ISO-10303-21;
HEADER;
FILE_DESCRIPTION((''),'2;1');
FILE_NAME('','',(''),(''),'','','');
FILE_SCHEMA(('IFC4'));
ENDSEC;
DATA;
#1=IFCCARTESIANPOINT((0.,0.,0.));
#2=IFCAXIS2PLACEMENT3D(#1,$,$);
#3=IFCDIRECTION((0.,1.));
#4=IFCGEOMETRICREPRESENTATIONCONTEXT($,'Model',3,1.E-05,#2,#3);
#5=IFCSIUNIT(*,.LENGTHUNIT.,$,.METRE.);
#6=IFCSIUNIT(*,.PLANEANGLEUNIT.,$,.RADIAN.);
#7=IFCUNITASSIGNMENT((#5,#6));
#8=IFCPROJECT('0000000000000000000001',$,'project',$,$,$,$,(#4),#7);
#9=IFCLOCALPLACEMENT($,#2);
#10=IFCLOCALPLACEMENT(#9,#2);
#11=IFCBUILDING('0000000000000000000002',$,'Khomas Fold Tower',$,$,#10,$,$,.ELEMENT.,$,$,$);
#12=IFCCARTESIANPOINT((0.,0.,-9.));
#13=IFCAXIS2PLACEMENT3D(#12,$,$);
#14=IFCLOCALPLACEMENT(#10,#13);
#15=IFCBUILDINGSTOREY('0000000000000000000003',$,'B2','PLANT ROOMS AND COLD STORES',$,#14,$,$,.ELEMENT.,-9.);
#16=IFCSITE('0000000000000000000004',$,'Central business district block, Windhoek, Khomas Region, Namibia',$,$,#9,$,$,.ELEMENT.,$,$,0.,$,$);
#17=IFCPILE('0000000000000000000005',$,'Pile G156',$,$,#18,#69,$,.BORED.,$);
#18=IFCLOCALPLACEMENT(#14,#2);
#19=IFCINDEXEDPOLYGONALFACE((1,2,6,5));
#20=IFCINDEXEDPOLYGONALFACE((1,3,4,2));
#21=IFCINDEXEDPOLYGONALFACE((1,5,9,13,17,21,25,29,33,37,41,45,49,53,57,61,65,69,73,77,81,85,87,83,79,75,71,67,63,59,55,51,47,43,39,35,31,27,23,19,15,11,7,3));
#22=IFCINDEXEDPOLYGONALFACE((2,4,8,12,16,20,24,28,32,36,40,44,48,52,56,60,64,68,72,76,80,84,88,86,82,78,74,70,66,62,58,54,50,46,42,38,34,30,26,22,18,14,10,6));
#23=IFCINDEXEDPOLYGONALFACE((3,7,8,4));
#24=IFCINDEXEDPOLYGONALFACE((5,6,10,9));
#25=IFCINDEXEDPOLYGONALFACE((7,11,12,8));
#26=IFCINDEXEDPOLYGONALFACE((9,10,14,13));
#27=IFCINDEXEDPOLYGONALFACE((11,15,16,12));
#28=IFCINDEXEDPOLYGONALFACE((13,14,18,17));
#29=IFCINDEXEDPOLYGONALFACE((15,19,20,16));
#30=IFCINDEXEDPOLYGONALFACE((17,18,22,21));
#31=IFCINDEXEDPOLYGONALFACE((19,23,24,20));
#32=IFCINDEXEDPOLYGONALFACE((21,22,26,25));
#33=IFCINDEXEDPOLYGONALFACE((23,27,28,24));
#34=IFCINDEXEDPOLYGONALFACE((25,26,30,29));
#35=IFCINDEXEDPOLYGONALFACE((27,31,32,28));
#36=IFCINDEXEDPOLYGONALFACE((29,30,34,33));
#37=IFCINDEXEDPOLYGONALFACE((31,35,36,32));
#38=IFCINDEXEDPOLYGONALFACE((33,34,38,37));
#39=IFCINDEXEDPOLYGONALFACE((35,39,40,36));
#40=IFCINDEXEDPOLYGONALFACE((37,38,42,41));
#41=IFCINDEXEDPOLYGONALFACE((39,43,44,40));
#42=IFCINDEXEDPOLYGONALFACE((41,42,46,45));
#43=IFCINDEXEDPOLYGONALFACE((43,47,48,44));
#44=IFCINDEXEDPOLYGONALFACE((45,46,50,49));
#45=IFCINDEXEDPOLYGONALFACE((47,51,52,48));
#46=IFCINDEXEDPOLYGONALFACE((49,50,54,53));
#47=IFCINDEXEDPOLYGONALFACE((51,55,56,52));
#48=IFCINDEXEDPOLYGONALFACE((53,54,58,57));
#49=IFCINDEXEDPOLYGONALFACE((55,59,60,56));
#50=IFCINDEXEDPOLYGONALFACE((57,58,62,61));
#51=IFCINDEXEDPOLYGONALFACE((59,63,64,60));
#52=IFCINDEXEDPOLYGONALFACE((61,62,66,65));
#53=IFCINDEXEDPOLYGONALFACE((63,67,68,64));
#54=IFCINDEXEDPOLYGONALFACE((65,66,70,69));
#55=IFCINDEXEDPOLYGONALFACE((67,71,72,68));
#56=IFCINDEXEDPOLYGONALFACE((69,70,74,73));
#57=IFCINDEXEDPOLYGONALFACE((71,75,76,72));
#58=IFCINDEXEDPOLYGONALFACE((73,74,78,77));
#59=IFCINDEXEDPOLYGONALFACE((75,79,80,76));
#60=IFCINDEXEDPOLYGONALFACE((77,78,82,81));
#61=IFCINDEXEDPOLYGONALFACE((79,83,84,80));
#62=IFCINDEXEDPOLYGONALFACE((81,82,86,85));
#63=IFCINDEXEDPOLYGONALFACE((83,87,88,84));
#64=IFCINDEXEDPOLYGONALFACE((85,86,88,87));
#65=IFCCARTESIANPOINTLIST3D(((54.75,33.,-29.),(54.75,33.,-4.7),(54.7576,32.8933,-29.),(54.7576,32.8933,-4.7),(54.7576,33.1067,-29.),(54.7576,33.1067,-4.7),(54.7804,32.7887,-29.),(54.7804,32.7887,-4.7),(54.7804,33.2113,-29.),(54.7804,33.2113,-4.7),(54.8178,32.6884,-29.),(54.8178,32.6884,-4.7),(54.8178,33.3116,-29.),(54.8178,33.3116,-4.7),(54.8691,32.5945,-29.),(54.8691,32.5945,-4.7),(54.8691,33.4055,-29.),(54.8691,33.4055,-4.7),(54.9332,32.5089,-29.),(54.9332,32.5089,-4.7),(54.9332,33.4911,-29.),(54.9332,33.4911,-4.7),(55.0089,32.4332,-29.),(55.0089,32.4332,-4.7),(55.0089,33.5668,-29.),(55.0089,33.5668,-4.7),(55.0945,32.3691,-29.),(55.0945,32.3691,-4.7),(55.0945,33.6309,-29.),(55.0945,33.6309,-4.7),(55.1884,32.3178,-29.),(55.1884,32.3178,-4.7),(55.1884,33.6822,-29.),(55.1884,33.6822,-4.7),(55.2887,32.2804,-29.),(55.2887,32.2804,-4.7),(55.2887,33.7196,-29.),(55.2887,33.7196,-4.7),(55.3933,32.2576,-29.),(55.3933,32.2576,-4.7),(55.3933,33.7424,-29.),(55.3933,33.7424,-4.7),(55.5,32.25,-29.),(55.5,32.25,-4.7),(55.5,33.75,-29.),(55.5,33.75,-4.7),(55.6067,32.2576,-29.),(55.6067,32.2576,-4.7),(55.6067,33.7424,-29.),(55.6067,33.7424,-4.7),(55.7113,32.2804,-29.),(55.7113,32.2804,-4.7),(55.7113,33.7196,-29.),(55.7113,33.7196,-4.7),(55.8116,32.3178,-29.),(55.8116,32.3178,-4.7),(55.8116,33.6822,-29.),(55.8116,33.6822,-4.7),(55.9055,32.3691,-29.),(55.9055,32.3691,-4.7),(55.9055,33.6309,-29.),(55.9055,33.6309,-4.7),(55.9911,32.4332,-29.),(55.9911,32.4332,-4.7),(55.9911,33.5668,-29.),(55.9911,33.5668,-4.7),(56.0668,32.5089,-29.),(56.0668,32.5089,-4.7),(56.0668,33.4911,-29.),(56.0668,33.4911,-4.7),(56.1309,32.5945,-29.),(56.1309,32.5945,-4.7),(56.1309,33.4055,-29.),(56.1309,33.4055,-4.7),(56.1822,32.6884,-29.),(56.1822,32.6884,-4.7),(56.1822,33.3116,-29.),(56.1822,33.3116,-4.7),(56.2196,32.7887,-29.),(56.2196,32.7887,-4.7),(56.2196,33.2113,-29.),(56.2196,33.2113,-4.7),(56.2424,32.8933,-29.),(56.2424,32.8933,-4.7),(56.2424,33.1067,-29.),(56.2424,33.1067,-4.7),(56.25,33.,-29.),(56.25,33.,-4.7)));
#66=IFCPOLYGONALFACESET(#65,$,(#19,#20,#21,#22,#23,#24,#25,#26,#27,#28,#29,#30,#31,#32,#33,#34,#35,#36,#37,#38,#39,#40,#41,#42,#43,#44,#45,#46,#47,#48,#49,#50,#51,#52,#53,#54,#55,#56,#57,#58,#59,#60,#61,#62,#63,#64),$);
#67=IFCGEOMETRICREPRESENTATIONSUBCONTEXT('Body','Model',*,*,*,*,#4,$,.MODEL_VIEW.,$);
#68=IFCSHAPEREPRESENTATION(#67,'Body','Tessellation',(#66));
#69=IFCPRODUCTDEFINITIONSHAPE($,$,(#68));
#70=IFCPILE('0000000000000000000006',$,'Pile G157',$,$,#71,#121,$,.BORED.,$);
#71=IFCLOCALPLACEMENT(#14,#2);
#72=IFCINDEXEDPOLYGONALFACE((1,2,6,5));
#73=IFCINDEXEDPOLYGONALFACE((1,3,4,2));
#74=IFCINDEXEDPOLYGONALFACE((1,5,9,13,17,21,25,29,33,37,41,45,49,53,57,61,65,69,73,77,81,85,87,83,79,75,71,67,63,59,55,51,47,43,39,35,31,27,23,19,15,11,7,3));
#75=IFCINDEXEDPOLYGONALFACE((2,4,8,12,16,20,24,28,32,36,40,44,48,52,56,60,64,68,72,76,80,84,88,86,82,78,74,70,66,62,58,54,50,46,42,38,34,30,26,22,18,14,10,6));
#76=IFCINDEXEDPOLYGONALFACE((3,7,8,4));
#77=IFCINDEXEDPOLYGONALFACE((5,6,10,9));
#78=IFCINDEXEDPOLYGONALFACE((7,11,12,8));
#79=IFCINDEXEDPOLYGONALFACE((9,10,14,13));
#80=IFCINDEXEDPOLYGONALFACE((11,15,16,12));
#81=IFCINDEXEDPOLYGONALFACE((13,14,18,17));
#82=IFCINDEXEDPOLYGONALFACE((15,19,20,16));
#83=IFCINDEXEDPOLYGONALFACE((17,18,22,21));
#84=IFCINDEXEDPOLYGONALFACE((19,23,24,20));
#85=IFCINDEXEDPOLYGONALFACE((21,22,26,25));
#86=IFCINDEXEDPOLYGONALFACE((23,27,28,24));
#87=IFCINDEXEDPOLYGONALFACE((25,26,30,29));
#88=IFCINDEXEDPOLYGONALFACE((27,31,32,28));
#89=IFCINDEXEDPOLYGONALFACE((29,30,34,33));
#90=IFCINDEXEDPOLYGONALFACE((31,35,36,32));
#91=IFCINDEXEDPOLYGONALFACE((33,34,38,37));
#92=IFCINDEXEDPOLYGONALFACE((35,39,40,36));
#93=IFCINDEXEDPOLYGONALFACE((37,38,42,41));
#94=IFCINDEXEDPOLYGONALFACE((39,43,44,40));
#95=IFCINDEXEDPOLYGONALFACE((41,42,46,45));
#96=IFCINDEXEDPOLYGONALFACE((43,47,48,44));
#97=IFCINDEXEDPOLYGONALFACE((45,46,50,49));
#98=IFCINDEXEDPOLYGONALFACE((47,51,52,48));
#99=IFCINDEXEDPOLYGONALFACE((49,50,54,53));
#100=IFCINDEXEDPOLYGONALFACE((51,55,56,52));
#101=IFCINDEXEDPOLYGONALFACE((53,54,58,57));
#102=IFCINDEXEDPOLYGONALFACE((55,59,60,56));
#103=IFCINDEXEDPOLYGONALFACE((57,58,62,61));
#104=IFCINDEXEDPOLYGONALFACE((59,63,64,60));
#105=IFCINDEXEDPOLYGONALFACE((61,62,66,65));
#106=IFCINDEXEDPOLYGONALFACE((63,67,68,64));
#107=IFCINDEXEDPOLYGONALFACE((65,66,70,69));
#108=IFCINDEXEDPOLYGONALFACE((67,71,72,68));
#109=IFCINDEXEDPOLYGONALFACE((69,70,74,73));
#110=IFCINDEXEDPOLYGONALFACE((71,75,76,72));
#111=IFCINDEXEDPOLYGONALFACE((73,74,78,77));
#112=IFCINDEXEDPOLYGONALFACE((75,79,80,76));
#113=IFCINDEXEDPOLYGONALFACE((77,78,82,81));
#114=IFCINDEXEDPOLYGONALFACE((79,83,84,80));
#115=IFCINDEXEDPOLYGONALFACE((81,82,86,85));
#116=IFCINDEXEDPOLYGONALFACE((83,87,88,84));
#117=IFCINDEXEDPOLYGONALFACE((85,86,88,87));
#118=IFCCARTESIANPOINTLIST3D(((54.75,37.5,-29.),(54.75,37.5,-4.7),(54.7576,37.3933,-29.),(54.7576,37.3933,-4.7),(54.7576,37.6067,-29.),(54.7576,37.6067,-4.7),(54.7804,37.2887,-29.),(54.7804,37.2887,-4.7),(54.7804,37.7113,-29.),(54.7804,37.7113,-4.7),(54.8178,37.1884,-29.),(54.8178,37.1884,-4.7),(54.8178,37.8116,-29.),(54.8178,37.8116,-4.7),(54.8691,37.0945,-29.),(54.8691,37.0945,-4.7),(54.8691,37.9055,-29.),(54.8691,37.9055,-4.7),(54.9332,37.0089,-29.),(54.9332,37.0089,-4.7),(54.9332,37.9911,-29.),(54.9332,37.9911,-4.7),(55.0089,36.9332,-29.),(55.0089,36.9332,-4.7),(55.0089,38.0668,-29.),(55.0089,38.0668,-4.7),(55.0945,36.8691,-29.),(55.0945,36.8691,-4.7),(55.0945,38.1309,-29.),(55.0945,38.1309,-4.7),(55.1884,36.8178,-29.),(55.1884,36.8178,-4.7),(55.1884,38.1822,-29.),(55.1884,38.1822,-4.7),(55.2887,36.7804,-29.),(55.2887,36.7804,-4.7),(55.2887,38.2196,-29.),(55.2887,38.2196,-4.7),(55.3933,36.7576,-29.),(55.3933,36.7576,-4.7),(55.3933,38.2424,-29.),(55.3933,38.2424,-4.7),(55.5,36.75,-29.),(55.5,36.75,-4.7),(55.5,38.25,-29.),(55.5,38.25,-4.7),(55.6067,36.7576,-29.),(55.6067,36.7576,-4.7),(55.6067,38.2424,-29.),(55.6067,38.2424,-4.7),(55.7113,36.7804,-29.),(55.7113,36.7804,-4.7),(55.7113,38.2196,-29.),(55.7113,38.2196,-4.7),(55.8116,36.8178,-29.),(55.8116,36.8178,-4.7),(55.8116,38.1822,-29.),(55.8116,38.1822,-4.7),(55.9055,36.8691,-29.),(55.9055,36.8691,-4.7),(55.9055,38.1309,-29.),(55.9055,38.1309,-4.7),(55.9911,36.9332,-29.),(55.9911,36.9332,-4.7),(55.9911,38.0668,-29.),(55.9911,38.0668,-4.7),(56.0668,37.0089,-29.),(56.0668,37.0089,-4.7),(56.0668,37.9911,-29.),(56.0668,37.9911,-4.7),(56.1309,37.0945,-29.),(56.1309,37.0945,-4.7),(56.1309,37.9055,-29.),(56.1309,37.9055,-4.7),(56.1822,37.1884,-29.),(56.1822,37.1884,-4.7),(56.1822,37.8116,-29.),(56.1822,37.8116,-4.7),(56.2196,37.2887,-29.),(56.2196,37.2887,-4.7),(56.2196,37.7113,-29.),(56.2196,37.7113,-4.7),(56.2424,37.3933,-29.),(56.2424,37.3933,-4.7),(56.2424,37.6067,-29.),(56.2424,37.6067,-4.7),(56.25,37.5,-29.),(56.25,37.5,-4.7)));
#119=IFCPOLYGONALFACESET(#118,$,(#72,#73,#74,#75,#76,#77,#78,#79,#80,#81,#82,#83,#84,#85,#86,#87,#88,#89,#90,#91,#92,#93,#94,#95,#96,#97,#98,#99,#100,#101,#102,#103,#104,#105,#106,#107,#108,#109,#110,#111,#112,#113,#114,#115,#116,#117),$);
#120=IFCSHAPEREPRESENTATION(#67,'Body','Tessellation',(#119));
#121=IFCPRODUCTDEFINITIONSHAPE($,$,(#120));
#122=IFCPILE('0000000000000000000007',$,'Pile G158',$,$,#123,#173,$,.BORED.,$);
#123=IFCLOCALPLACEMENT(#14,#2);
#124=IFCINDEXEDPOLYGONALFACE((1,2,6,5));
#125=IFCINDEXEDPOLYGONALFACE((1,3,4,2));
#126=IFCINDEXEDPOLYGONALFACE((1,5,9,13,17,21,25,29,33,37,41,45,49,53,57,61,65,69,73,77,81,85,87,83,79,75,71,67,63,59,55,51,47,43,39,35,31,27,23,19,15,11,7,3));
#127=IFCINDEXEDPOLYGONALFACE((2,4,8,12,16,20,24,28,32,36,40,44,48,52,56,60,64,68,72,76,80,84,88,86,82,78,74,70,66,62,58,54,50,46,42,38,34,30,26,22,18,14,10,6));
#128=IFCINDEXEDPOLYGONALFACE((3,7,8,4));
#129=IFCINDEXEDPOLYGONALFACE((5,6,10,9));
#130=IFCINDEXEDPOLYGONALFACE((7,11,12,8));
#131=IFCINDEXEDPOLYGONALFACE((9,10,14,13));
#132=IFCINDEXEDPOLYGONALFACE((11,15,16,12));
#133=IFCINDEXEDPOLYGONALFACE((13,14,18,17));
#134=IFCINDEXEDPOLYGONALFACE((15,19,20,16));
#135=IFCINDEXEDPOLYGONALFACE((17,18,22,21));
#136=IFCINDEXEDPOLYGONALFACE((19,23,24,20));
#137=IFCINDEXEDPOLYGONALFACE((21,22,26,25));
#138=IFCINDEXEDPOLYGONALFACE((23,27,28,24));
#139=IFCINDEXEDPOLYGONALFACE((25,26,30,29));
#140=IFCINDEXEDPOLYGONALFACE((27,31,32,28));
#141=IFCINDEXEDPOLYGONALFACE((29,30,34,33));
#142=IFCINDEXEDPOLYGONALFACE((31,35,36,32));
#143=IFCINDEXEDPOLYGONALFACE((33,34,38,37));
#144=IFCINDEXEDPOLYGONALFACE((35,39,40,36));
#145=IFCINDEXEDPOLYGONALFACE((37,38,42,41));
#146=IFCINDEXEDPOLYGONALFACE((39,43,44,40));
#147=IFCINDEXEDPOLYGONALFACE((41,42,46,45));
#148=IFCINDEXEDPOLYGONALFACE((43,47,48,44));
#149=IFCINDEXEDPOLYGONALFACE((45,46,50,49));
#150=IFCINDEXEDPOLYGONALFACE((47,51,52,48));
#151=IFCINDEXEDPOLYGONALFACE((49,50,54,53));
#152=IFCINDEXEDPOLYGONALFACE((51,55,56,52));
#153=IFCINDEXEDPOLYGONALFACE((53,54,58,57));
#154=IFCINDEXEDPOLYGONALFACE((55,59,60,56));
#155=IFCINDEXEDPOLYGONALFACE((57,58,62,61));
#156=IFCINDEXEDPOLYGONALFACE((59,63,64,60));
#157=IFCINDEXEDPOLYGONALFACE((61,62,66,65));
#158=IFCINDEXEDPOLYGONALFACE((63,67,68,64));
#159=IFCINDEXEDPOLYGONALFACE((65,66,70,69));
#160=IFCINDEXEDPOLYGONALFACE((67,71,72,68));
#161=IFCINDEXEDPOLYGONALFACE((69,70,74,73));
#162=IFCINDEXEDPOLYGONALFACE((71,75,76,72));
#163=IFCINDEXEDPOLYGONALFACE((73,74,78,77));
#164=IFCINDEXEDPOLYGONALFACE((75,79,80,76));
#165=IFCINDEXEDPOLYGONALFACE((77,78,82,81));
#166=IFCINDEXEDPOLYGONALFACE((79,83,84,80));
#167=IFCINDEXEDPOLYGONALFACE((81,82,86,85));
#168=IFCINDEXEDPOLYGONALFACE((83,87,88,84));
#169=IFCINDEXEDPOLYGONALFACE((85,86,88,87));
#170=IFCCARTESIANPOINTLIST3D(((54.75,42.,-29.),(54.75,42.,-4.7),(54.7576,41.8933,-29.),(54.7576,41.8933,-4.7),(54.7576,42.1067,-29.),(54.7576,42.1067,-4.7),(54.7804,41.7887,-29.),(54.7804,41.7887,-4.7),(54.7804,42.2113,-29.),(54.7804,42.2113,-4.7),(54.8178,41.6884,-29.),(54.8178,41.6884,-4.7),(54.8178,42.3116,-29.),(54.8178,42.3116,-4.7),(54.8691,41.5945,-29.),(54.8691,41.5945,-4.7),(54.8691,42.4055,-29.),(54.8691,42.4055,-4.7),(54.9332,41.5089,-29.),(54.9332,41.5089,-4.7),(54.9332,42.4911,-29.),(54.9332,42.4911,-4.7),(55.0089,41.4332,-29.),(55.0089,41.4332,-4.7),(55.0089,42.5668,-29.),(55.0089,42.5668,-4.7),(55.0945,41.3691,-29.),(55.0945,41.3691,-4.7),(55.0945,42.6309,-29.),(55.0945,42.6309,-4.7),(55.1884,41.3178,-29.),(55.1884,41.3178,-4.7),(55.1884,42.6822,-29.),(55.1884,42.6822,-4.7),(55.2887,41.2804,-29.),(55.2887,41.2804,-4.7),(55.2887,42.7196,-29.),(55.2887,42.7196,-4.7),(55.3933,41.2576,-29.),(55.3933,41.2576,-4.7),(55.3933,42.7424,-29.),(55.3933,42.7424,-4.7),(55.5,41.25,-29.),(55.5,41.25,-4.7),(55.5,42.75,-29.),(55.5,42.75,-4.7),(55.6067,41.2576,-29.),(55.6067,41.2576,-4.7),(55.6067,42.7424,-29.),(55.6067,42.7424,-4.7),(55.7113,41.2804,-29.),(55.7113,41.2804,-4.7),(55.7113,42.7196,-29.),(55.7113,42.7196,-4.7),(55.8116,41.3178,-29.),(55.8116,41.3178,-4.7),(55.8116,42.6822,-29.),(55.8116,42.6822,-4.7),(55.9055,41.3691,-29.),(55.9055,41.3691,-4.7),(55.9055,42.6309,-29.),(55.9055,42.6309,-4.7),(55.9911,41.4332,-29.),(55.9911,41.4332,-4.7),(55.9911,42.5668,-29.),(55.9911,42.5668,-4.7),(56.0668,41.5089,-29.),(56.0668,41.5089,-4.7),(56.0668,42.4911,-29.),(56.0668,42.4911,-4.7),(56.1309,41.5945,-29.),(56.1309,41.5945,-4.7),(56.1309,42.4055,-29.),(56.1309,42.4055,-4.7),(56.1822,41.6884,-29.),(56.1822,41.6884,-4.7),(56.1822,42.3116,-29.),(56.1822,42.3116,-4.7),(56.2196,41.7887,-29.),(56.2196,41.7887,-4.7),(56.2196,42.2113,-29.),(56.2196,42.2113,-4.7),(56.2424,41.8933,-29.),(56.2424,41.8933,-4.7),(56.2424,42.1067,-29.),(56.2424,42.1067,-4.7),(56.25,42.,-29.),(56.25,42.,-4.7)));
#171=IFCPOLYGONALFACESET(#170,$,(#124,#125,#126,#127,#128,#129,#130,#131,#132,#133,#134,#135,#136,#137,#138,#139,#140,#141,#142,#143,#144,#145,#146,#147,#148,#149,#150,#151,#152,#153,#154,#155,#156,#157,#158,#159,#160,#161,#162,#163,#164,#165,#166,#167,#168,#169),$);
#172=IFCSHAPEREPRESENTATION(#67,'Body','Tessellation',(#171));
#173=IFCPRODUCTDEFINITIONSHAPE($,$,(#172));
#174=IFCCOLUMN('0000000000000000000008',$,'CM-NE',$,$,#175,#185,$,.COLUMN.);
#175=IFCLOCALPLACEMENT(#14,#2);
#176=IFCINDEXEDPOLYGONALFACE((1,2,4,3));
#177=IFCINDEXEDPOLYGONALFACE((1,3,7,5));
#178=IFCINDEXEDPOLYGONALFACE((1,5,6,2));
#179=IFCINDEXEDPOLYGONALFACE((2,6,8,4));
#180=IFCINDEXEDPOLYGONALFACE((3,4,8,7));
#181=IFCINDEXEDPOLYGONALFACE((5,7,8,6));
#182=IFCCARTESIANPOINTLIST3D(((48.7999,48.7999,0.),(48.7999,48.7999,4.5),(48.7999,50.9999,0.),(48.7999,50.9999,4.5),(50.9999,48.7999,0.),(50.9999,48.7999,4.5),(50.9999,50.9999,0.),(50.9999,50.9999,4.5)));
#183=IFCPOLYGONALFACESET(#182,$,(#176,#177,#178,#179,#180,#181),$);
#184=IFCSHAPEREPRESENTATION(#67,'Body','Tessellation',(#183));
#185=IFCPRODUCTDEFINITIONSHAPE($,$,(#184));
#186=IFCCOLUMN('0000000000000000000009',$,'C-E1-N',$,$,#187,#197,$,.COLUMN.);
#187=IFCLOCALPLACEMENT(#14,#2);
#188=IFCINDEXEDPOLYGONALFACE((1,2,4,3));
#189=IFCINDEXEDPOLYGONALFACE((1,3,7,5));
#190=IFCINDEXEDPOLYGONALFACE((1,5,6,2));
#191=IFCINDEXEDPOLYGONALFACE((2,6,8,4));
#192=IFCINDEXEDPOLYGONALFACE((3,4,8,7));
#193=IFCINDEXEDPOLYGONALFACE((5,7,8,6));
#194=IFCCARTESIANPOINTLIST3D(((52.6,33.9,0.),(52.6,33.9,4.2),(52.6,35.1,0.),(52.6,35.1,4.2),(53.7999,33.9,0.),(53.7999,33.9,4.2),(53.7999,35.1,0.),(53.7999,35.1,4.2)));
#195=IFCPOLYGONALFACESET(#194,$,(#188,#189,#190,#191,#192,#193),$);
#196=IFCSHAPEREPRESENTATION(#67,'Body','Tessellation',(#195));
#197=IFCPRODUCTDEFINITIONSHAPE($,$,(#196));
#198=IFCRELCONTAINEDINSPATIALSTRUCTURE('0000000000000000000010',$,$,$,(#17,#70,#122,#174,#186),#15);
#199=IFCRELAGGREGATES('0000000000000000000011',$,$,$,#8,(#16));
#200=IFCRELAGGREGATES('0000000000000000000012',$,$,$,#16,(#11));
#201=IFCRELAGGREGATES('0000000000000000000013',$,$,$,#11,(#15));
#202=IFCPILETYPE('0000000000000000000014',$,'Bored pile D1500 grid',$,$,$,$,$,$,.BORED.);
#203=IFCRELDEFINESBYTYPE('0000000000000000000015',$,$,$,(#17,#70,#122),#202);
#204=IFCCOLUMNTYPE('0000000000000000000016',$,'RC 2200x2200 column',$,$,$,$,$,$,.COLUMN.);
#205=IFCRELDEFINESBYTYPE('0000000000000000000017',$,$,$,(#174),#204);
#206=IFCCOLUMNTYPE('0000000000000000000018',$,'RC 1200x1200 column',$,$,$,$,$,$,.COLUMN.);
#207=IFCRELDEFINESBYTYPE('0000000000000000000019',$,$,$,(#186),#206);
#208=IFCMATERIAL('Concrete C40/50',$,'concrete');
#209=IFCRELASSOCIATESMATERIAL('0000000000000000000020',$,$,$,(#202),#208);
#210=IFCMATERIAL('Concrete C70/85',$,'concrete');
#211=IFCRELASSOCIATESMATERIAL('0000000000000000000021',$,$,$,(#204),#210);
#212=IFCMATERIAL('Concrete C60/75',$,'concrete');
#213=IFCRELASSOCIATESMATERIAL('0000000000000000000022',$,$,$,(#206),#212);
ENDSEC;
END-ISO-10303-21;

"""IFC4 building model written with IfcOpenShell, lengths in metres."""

from ifc_helpers import new_model, si_unit, direction, frame, origin, origin_2d, place, context, subcontext, project, spatial, rectangle, circle, extrude, source, transform, mapped, material, material_profile, profile_set, type_object, element, save


model = new_model("IFC4")

# Units and contexts
model_context = context("Model", 3, precision=1e-05, world=origin(), true_north=direction((0.0, 1.0)))
body_context = subcontext(model_context, "Body", "Model", "MODEL_VIEW")
ifc_project = project(units=[si_unit("LENGTHUNIT", "METRE"), si_unit("PLANEANGLEUNIT", "RADIAN")], contexts=[model_context])

# Site, building, storey
site_placement = place(None, origin())
site = spatial("IfcSite", under=ifc_project, at=site_placement, Name="Central business district block, Windhoek, Khomas Region, Namibia", CompositionType="ELEMENT", RefElevation=0.0)
building_placement = place(site_placement, origin())
building = spatial("IfcBuilding", under=site, at=building_placement, Name="Khomas Fold Tower", CompositionType="ELEMENT")
storey_placement = place(building_placement, frame((0.0, 0.0, -9.0)))
storey = spatial("IfcBuildingStorey", under=building, at=storey_placement, Name="B2", Description="PLANT ROOMS AND COLD STORES", CompositionType="ELEMENT", Elevation=-9.0)

# Piles
ifc_material_1 = material(Name="Concrete C40/50", Category="concrete")
ifc_material_profile_1 = material_profile(ifc_material_1, circle(Radius=0.75, at=origin_2d()), Name="PILE D1500")
ifc_profile_set_1 = profile_set([ifc_material_profile_1], Name="Concrete C40/50")
pile_type = type_object("IfcPileType", Name="Bored pile D1500 grid", PredefinedType="BORED", material=ifc_profile_set_1)
shared_shape_1 = source(origin(), body_context, "Body", "SweptSolid", [
    extrude(circle(Radius=0.75, at=origin_2d()), origin(), (0.0, 0.0, 1.0), 24.3),
])
for number, where, z_axis, x_axis, name in (
    (1, (55.5, 33.0, -4.7), (0.0, 0.0, -1.0), (1.0, 0.0, 0.0), "Pile G156"),
    (2, (55.5, 37.5, -4.7), (0.0, 0.0, -1.0), (1.0, 0.0, 0.0), "Pile G157"),
    (3, (55.5, 42.0, -4.7), (0.0, 0.0, -1.0), (1.0, 0.0, 0.0), "Pile G158"),
):
    element("IfcPile", number, at=place(storey_placement, frame(where, z_axis=z_axis, x_axis=x_axis)), inside=storey, type_object=pile_type, Name=name, PredefinedType="BORED", context=body_context, shape_type="MappedRepresentation", body=[
        mapped(shared_shape_1, transform((0.0, 0.0, 0.0))),
    ])

# Columns
ifc_material_2 = material(Name="Concrete C70/85", Category="concrete")
ifc_material_profile_2 = material_profile(ifc_material_2, rectangle(XDim=2.2, YDim=2.2, at=origin_2d()), Name="RC 2200x2200")
ifc_profile_set_2 = profile_set([ifc_material_profile_2], Name="Concrete C70/85")
column_type_1 = type_object("IfcColumnType", Name="RC 2200x2200 column", PredefinedType="COLUMN", material=ifc_profile_set_2)
shared_shape_2 = source(origin(), body_context, "Body", "SweptSolid", [
    extrude(rectangle(XDim=2.2, YDim=2.2, at=origin_2d()), origin(), (0.0, 0.0, 1.0), 4.5),
])
column_placement = place(storey_placement, frame((49.8999, 49.8999, 0.0), z_axis=(0.0, 0.0, 1.0), x_axis=(1.0, 0.0, 0.0)))
element("IfcColumn", 4, at=column_placement, inside=storey, type_object=column_type_1, Name="CM-NE", PredefinedType="COLUMN", context=body_context, shape_type="MappedRepresentation", body=[
    mapped(shared_shape_2, transform((0.0, 0.0, 0.0))),
])
ifc_material_3 = material(Name="Concrete C60/75", Category="concrete")
ifc_material_profile_3 = material_profile(ifc_material_3, rectangle(XDim=1.2, YDim=1.2, at=origin_2d()), Name="RC 1200x1200")
ifc_profile_set_3 = profile_set([ifc_material_profile_3], Name="Concrete C60/75")
column_type_2 = type_object("IfcColumnType", Name="RC 1200x1200 column", PredefinedType="COLUMN", material=ifc_profile_set_3)
shared_shape_3 = source(origin(), body_context, "Body", "SweptSolid", [
    extrude(rectangle(XDim=1.2, YDim=1.2, at=origin_2d()), origin(), (0.0, 0.0, 1.0), 4.2),
])
for number, where, z_axis, x_axis, name in (
    (5, (53.2, 34.5, 0.0), (0.0, 0.0, 1.0), (1.0, 0.0, 0.0), "C-E1-N"),
):
    element("IfcColumn", number, at=place(storey_placement, frame(where, z_axis=z_axis, x_axis=x_axis)), inside=storey, type_object=column_type_2, Name=name, PredefinedType="COLUMN", context=body_context, shape_type="MappedRepresentation", body=[
        mapped(shared_shape_3, transform((0.0, 0.0, 0.0))),
    ])

save(model, "model.ifc")
